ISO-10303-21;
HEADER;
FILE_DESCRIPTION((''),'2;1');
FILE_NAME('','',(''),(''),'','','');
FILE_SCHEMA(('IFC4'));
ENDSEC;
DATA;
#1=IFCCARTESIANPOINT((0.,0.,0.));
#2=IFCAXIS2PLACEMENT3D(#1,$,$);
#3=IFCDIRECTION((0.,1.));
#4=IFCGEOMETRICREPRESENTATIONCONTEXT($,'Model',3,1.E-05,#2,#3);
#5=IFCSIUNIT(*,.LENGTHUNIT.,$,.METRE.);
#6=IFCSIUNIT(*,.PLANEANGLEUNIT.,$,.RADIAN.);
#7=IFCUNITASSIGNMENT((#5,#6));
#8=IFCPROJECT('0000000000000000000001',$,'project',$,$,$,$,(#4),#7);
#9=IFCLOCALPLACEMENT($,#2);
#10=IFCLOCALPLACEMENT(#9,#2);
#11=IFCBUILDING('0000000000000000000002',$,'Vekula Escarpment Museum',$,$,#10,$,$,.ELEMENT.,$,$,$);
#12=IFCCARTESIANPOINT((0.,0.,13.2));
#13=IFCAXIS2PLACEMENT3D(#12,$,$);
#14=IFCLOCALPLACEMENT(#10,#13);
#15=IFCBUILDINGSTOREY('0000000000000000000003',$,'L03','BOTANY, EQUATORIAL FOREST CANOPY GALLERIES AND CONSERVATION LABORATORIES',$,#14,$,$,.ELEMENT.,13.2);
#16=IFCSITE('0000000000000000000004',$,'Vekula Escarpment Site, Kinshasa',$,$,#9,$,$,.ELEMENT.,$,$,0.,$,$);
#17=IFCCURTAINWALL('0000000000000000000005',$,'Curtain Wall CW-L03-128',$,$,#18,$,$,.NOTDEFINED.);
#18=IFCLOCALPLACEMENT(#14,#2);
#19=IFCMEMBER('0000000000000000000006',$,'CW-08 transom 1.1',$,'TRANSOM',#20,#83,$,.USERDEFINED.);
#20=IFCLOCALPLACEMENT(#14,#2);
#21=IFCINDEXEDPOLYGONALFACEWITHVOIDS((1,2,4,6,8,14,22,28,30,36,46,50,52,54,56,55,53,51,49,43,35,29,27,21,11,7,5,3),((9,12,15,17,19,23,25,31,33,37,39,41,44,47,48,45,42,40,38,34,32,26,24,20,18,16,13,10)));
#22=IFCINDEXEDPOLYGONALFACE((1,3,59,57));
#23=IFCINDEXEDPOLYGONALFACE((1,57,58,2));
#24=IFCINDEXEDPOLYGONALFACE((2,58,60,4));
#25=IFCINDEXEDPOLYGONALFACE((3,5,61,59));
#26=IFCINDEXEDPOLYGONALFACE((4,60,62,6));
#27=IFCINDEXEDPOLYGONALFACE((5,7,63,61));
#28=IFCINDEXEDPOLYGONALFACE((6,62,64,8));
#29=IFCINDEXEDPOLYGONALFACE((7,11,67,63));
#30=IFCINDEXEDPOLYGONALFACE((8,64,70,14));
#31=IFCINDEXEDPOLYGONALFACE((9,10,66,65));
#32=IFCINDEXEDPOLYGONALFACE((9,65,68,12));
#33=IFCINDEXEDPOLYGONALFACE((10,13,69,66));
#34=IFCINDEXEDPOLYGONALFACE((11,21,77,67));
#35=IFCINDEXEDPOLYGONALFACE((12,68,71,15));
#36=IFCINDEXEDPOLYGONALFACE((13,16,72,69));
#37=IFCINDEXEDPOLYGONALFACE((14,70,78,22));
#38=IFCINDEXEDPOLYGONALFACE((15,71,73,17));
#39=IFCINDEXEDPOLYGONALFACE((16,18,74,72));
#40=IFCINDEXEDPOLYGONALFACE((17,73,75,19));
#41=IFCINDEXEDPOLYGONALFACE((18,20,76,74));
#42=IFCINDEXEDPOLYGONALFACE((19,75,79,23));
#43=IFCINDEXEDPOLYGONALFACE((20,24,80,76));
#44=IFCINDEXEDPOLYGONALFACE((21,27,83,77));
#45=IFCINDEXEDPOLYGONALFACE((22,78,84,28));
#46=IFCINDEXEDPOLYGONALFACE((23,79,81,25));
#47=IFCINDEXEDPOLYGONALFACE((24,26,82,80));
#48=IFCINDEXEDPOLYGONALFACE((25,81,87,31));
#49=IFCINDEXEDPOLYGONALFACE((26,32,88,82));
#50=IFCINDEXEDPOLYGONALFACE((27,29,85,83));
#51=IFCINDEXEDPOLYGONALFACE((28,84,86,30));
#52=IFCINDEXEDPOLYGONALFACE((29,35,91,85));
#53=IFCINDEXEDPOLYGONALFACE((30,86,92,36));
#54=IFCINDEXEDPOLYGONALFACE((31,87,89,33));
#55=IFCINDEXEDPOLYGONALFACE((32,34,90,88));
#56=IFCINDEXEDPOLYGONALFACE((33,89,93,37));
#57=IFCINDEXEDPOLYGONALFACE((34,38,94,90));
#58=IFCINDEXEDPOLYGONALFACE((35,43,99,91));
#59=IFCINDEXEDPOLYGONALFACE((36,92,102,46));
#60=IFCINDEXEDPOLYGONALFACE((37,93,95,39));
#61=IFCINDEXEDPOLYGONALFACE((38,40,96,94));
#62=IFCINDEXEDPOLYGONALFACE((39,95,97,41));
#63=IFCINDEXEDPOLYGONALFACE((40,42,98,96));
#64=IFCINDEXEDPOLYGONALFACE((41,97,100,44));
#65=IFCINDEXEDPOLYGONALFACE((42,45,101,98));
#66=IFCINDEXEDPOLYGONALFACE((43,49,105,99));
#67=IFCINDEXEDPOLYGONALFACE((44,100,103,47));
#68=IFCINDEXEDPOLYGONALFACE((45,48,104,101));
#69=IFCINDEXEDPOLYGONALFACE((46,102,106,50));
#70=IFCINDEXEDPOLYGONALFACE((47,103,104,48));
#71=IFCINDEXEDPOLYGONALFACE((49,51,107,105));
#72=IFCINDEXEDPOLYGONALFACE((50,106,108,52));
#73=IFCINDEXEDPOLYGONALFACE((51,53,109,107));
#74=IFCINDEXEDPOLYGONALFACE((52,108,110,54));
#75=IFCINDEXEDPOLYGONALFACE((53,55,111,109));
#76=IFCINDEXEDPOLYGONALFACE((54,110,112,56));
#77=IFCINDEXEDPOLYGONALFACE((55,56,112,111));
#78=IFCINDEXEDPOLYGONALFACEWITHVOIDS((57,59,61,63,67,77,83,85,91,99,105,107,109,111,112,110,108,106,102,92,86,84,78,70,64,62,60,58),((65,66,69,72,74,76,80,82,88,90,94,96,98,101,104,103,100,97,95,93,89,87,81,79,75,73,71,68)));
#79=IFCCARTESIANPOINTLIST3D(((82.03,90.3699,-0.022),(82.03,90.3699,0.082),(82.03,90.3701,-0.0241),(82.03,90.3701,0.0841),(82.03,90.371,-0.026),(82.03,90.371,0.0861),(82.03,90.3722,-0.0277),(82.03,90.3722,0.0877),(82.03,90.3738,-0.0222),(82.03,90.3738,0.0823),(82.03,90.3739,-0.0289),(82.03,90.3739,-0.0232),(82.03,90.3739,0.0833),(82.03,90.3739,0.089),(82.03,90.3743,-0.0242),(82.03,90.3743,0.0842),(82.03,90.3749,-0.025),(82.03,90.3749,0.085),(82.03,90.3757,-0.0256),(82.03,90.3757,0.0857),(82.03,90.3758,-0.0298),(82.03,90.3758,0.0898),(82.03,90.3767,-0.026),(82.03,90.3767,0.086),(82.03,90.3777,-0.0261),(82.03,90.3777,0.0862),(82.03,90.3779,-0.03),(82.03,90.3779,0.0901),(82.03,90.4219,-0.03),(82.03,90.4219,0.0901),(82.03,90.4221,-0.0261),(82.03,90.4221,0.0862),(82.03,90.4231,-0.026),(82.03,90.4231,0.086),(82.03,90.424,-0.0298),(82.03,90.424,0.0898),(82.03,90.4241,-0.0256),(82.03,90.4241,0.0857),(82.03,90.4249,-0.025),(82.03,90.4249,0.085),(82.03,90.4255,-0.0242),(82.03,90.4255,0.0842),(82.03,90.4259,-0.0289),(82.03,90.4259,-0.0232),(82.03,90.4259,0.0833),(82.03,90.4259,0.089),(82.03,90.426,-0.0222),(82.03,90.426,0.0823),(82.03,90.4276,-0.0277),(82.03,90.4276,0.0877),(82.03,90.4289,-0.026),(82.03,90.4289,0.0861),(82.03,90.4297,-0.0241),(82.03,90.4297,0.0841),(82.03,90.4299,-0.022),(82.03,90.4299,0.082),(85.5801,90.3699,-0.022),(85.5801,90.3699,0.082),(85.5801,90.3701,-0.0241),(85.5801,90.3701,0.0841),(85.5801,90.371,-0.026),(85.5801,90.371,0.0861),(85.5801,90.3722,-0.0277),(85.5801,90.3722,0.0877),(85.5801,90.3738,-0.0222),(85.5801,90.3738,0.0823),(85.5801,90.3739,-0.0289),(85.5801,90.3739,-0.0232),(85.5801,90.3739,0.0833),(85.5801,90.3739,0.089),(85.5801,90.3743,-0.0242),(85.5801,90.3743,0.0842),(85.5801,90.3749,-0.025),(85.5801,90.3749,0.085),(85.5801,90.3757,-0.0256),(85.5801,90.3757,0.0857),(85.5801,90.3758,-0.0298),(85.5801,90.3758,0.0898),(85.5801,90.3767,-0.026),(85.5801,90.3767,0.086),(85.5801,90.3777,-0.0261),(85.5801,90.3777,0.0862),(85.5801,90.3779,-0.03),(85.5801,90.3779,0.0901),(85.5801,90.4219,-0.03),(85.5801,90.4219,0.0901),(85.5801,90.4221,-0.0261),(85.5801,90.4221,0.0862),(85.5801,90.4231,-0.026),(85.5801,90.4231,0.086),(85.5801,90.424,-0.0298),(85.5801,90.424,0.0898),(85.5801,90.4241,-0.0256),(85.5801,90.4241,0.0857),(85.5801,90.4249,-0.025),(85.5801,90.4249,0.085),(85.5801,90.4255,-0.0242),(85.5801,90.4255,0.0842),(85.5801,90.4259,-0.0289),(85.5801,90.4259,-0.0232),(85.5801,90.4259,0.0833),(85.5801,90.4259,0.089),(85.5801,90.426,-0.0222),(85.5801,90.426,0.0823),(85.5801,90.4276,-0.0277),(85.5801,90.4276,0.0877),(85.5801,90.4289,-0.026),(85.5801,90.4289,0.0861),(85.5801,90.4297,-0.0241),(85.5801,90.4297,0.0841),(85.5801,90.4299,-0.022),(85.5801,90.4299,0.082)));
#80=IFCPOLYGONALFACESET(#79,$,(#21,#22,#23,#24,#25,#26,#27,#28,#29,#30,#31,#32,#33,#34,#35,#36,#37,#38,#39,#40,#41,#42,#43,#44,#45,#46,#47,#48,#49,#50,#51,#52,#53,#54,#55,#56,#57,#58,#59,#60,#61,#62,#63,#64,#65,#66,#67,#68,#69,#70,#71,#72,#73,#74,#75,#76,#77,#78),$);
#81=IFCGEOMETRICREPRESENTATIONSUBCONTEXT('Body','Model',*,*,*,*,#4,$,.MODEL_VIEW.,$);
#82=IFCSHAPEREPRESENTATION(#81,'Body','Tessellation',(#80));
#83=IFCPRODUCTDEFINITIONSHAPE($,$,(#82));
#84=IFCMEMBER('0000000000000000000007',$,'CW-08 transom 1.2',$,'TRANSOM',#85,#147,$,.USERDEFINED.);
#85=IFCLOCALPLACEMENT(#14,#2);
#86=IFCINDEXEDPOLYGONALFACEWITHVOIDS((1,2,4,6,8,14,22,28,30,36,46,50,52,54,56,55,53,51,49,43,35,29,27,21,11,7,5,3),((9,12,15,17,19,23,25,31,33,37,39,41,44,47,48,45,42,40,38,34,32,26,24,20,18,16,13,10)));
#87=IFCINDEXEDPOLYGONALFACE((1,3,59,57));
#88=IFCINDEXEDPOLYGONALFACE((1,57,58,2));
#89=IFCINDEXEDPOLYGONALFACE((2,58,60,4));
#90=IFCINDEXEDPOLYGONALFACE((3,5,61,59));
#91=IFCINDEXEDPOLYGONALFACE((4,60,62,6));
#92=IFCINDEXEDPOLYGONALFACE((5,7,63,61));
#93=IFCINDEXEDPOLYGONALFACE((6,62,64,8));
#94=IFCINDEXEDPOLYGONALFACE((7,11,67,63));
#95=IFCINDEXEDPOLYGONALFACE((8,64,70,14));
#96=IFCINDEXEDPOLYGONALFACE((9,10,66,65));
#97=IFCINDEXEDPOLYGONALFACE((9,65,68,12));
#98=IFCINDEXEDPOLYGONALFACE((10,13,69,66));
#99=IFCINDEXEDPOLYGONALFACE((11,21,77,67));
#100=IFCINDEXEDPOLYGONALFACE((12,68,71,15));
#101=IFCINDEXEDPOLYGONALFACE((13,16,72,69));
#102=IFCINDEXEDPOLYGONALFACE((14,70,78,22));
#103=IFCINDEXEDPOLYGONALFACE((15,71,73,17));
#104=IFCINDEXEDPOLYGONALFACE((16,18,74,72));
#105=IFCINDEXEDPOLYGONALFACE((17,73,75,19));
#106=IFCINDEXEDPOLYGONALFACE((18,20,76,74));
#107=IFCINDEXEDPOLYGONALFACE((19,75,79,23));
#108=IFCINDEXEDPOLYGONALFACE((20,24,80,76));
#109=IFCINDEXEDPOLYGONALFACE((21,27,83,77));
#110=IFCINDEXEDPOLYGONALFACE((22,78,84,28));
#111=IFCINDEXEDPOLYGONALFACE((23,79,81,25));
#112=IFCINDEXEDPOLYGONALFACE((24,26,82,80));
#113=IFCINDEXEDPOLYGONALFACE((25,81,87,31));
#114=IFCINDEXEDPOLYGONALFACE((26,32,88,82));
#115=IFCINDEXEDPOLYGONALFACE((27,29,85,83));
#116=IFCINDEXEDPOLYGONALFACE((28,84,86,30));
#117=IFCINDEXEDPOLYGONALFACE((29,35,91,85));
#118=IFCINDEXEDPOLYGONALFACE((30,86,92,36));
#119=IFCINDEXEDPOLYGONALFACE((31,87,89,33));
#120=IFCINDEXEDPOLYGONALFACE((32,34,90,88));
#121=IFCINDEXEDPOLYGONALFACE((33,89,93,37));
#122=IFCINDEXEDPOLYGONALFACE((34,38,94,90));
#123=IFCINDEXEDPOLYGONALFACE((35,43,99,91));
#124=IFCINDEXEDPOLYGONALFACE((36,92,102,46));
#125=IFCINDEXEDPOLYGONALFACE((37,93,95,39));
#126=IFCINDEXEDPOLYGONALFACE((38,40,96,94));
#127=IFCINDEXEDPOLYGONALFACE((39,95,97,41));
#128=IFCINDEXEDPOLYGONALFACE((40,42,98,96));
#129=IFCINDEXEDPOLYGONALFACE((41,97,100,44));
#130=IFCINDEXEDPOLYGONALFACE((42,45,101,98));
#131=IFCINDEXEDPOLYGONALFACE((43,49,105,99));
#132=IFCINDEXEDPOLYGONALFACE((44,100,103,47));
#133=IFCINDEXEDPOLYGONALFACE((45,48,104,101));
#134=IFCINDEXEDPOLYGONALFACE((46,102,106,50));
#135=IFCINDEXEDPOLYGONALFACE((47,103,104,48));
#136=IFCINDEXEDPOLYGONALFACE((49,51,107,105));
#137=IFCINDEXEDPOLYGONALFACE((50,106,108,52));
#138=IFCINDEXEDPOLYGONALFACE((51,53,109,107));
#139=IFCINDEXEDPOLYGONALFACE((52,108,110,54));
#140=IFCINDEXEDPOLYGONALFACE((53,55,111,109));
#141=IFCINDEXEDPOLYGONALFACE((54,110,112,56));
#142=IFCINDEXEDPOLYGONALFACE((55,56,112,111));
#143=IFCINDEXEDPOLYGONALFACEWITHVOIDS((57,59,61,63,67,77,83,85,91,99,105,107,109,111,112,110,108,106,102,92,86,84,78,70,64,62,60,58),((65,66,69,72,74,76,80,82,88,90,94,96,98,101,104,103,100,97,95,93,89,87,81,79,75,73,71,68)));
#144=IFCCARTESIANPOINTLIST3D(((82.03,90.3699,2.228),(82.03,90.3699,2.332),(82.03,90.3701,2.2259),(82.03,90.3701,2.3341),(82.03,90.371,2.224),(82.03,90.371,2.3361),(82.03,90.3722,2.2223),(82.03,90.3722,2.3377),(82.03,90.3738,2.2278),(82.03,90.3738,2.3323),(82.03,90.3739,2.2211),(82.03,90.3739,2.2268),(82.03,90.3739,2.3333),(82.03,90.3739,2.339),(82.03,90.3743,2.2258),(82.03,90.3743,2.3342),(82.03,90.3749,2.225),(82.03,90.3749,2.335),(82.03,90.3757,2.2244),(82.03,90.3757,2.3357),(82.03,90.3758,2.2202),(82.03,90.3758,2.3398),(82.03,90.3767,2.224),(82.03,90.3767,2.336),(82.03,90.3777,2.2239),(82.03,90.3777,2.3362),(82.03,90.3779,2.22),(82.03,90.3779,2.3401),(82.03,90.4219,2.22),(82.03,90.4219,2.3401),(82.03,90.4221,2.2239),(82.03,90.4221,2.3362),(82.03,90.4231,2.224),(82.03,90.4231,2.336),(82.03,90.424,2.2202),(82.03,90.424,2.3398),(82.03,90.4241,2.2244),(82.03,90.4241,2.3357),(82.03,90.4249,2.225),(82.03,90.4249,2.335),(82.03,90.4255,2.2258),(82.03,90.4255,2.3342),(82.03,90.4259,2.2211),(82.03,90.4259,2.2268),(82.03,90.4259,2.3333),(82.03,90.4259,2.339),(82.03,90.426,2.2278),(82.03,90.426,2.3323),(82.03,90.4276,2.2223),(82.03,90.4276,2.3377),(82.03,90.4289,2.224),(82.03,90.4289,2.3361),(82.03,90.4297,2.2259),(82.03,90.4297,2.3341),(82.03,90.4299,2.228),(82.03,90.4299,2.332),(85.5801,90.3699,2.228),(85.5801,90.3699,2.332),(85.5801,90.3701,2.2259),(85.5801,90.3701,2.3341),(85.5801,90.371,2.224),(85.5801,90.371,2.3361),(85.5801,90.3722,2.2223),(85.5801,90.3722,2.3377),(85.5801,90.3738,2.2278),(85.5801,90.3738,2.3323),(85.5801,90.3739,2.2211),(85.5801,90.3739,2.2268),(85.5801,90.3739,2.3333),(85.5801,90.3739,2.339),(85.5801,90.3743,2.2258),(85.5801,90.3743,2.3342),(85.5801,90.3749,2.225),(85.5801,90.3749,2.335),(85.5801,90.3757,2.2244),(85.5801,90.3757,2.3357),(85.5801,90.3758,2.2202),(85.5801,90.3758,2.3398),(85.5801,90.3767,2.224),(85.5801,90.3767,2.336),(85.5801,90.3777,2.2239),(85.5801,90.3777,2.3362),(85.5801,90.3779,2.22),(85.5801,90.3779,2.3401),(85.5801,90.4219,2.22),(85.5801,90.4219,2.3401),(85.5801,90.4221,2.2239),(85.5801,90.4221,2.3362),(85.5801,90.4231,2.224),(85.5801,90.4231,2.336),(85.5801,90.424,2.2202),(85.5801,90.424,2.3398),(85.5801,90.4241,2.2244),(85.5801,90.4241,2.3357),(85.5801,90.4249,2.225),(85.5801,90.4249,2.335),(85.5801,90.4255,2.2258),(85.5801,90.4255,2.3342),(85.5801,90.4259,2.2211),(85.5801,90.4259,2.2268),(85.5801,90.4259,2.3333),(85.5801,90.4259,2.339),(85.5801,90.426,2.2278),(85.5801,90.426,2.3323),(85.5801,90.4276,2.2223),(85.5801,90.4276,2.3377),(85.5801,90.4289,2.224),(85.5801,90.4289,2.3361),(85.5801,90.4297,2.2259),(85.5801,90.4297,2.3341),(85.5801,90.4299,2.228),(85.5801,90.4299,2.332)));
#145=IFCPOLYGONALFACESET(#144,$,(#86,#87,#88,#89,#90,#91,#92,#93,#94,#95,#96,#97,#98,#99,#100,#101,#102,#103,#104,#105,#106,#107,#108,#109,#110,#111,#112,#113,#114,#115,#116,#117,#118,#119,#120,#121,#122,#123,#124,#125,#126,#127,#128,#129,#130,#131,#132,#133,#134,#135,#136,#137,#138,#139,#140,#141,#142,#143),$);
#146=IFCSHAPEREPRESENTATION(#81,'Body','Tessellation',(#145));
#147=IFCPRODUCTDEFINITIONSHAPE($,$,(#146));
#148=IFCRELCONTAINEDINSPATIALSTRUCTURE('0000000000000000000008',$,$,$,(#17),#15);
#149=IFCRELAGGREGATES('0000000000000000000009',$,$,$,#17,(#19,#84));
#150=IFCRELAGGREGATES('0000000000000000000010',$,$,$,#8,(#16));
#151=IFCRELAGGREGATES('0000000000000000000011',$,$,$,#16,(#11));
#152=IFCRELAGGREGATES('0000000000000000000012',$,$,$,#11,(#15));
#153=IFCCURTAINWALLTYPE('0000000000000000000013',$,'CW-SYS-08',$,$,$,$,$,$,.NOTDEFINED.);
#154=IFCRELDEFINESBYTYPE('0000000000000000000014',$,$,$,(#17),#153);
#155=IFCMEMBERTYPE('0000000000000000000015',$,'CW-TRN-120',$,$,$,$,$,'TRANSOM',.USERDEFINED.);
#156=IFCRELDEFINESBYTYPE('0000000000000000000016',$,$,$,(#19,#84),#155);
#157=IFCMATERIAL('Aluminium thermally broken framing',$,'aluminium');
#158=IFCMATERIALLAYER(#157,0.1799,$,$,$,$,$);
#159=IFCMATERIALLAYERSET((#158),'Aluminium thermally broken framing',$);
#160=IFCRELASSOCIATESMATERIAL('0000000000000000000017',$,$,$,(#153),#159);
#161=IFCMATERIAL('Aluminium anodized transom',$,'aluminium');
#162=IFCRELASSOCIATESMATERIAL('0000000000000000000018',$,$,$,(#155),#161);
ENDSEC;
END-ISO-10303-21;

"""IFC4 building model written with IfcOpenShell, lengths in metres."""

from ifc_helpers import new_model, si_unit, direction, frame, origin, origin_2d, place, context, subcontext, project, spatial, hollow_rectangle, extrude, material, layer, layer_set, material_profile, profile_set, type_object, element, aggregate, save


model = new_model("IFC4")

# Units and contexts
model_context = context("Model", 3, precision=1e-05, world=origin(), true_north=direction((0.0, 1.0)))
body_context = subcontext(model_context, "Body", "Model", "MODEL_VIEW")
ifc_project = project(units=[si_unit("LENGTHUNIT", "METRE"), si_unit("PLANEANGLEUNIT", "RADIAN")], contexts=[model_context])

# Site, building, storey
site_placement = place(None, origin())
site = spatial("IfcSite", under=ifc_project, at=site_placement, Name="Vekula Escarpment Site, Kinshasa", CompositionType="ELEMENT", RefElevation=0.0)
building_placement = place(site_placement, origin())
building = spatial("IfcBuilding", under=site, at=building_placement, Name="Vekula Escarpment Museum", CompositionType="ELEMENT")
storey_placement = place(building_placement, frame((0.0, 0.0, 13.2)))
storey = spatial("IfcBuildingStorey", under=building, at=storey_placement, Name="L03", Description="BOTANY, EQUATORIAL FOREST CANOPY GALLERIES AND CONSERVATION LABORATORIES", CompositionType="ELEMENT", Elevation=13.2)

# Curtain wall
ifc_material_1 = material(Name="Aluminium thermally broken framing", Category="aluminium")
ifc_layer_1 = layer(ifc_material_1, 0.1799)
ifc_layer_set_1 = layer_set([ifc_layer_1], Name="Aluminium thermally broken framing")
curtain_wall_type_1 = type_object("IfcCurtainWallType", Name="CW-SYS-08", PredefinedType="NOTDEFINED", material=ifc_layer_set_1)
curtain_wall_1_placement = place(storey_placement, origin())
curtain_wall_1 = element("IfcCurtainWall", 1, at=curtain_wall_1_placement, inside=storey, type_object=curtain_wall_type_1, Name="Curtain Wall CW-L03-128", PredefinedType="NOTDEFINED")

# Members
ifc_material_2 = material(Name="Aluminium anodized transom", Category="aluminium")
ifc_material_profile_1 = material_profile(ifc_material_2, hollow_rectangle(XDim=0.0601, YDim=0.1201, WallThickness=0.0039, InnerFilletRadius=0.0039, OuterFilletRadius=0.0081, at=origin_2d()), Name="ALU 120x60x4")
ifc_profile_set_1 = profile_set([ifc_material_profile_1], Name="Aluminium anodized transom")
member_type_1 = type_object("IfcMemberType", Name="CW-TRN-120", ElementType="TRANSOM", PredefinedType="USERDEFINED", material=ifc_profile_set_1)
member_1_placement = place(storey_placement, frame((85.5801, 90.3999, 0.03), z_axis=(-1.0, 0.0, 0.0), x_axis=(0.0, -1.0, 0.0)))
member_1 = element("IfcMember", 2, at=member_1_placement, type_object=member_type_1, Name="CW-08 transom 1.1", ObjectType="TRANSOM", PredefinedType="USERDEFINED", context=body_context, shape_type="SweptSolid", body=[
    extrude(hollow_rectangle(XDim=0.0601, YDim=0.1201, WallThickness=0.0039, InnerFilletRadius=0.0039, OuterFilletRadius=0.0081, at=origin_2d()), origin(), (0.0, 0.0, 1.0), 3.55),
])
member_2_placement = place(storey_placement, frame((85.5801, 90.3999, 2.28), z_axis=(-1.0, 0.0, 0.0), x_axis=(0.0, -1.0, 0.0)))
member_2 = element("IfcMember", 3, at=member_2_placement, type_object=member_type_1, Name="CW-08 transom 1.2", ObjectType="TRANSOM", PredefinedType="USERDEFINED", context=body_context, shape_type="SweptSolid", body=[
    extrude(hollow_rectangle(XDim=0.0601, YDim=0.1201, WallThickness=0.0039, InnerFilletRadius=0.0039, OuterFilletRadius=0.0081, at=origin_2d()), origin(), (0.0, 0.0, 1.0), 3.55),
])

aggregate(curtain_wall_1, [member_1, member_2])

save(model, "model.ifc")
